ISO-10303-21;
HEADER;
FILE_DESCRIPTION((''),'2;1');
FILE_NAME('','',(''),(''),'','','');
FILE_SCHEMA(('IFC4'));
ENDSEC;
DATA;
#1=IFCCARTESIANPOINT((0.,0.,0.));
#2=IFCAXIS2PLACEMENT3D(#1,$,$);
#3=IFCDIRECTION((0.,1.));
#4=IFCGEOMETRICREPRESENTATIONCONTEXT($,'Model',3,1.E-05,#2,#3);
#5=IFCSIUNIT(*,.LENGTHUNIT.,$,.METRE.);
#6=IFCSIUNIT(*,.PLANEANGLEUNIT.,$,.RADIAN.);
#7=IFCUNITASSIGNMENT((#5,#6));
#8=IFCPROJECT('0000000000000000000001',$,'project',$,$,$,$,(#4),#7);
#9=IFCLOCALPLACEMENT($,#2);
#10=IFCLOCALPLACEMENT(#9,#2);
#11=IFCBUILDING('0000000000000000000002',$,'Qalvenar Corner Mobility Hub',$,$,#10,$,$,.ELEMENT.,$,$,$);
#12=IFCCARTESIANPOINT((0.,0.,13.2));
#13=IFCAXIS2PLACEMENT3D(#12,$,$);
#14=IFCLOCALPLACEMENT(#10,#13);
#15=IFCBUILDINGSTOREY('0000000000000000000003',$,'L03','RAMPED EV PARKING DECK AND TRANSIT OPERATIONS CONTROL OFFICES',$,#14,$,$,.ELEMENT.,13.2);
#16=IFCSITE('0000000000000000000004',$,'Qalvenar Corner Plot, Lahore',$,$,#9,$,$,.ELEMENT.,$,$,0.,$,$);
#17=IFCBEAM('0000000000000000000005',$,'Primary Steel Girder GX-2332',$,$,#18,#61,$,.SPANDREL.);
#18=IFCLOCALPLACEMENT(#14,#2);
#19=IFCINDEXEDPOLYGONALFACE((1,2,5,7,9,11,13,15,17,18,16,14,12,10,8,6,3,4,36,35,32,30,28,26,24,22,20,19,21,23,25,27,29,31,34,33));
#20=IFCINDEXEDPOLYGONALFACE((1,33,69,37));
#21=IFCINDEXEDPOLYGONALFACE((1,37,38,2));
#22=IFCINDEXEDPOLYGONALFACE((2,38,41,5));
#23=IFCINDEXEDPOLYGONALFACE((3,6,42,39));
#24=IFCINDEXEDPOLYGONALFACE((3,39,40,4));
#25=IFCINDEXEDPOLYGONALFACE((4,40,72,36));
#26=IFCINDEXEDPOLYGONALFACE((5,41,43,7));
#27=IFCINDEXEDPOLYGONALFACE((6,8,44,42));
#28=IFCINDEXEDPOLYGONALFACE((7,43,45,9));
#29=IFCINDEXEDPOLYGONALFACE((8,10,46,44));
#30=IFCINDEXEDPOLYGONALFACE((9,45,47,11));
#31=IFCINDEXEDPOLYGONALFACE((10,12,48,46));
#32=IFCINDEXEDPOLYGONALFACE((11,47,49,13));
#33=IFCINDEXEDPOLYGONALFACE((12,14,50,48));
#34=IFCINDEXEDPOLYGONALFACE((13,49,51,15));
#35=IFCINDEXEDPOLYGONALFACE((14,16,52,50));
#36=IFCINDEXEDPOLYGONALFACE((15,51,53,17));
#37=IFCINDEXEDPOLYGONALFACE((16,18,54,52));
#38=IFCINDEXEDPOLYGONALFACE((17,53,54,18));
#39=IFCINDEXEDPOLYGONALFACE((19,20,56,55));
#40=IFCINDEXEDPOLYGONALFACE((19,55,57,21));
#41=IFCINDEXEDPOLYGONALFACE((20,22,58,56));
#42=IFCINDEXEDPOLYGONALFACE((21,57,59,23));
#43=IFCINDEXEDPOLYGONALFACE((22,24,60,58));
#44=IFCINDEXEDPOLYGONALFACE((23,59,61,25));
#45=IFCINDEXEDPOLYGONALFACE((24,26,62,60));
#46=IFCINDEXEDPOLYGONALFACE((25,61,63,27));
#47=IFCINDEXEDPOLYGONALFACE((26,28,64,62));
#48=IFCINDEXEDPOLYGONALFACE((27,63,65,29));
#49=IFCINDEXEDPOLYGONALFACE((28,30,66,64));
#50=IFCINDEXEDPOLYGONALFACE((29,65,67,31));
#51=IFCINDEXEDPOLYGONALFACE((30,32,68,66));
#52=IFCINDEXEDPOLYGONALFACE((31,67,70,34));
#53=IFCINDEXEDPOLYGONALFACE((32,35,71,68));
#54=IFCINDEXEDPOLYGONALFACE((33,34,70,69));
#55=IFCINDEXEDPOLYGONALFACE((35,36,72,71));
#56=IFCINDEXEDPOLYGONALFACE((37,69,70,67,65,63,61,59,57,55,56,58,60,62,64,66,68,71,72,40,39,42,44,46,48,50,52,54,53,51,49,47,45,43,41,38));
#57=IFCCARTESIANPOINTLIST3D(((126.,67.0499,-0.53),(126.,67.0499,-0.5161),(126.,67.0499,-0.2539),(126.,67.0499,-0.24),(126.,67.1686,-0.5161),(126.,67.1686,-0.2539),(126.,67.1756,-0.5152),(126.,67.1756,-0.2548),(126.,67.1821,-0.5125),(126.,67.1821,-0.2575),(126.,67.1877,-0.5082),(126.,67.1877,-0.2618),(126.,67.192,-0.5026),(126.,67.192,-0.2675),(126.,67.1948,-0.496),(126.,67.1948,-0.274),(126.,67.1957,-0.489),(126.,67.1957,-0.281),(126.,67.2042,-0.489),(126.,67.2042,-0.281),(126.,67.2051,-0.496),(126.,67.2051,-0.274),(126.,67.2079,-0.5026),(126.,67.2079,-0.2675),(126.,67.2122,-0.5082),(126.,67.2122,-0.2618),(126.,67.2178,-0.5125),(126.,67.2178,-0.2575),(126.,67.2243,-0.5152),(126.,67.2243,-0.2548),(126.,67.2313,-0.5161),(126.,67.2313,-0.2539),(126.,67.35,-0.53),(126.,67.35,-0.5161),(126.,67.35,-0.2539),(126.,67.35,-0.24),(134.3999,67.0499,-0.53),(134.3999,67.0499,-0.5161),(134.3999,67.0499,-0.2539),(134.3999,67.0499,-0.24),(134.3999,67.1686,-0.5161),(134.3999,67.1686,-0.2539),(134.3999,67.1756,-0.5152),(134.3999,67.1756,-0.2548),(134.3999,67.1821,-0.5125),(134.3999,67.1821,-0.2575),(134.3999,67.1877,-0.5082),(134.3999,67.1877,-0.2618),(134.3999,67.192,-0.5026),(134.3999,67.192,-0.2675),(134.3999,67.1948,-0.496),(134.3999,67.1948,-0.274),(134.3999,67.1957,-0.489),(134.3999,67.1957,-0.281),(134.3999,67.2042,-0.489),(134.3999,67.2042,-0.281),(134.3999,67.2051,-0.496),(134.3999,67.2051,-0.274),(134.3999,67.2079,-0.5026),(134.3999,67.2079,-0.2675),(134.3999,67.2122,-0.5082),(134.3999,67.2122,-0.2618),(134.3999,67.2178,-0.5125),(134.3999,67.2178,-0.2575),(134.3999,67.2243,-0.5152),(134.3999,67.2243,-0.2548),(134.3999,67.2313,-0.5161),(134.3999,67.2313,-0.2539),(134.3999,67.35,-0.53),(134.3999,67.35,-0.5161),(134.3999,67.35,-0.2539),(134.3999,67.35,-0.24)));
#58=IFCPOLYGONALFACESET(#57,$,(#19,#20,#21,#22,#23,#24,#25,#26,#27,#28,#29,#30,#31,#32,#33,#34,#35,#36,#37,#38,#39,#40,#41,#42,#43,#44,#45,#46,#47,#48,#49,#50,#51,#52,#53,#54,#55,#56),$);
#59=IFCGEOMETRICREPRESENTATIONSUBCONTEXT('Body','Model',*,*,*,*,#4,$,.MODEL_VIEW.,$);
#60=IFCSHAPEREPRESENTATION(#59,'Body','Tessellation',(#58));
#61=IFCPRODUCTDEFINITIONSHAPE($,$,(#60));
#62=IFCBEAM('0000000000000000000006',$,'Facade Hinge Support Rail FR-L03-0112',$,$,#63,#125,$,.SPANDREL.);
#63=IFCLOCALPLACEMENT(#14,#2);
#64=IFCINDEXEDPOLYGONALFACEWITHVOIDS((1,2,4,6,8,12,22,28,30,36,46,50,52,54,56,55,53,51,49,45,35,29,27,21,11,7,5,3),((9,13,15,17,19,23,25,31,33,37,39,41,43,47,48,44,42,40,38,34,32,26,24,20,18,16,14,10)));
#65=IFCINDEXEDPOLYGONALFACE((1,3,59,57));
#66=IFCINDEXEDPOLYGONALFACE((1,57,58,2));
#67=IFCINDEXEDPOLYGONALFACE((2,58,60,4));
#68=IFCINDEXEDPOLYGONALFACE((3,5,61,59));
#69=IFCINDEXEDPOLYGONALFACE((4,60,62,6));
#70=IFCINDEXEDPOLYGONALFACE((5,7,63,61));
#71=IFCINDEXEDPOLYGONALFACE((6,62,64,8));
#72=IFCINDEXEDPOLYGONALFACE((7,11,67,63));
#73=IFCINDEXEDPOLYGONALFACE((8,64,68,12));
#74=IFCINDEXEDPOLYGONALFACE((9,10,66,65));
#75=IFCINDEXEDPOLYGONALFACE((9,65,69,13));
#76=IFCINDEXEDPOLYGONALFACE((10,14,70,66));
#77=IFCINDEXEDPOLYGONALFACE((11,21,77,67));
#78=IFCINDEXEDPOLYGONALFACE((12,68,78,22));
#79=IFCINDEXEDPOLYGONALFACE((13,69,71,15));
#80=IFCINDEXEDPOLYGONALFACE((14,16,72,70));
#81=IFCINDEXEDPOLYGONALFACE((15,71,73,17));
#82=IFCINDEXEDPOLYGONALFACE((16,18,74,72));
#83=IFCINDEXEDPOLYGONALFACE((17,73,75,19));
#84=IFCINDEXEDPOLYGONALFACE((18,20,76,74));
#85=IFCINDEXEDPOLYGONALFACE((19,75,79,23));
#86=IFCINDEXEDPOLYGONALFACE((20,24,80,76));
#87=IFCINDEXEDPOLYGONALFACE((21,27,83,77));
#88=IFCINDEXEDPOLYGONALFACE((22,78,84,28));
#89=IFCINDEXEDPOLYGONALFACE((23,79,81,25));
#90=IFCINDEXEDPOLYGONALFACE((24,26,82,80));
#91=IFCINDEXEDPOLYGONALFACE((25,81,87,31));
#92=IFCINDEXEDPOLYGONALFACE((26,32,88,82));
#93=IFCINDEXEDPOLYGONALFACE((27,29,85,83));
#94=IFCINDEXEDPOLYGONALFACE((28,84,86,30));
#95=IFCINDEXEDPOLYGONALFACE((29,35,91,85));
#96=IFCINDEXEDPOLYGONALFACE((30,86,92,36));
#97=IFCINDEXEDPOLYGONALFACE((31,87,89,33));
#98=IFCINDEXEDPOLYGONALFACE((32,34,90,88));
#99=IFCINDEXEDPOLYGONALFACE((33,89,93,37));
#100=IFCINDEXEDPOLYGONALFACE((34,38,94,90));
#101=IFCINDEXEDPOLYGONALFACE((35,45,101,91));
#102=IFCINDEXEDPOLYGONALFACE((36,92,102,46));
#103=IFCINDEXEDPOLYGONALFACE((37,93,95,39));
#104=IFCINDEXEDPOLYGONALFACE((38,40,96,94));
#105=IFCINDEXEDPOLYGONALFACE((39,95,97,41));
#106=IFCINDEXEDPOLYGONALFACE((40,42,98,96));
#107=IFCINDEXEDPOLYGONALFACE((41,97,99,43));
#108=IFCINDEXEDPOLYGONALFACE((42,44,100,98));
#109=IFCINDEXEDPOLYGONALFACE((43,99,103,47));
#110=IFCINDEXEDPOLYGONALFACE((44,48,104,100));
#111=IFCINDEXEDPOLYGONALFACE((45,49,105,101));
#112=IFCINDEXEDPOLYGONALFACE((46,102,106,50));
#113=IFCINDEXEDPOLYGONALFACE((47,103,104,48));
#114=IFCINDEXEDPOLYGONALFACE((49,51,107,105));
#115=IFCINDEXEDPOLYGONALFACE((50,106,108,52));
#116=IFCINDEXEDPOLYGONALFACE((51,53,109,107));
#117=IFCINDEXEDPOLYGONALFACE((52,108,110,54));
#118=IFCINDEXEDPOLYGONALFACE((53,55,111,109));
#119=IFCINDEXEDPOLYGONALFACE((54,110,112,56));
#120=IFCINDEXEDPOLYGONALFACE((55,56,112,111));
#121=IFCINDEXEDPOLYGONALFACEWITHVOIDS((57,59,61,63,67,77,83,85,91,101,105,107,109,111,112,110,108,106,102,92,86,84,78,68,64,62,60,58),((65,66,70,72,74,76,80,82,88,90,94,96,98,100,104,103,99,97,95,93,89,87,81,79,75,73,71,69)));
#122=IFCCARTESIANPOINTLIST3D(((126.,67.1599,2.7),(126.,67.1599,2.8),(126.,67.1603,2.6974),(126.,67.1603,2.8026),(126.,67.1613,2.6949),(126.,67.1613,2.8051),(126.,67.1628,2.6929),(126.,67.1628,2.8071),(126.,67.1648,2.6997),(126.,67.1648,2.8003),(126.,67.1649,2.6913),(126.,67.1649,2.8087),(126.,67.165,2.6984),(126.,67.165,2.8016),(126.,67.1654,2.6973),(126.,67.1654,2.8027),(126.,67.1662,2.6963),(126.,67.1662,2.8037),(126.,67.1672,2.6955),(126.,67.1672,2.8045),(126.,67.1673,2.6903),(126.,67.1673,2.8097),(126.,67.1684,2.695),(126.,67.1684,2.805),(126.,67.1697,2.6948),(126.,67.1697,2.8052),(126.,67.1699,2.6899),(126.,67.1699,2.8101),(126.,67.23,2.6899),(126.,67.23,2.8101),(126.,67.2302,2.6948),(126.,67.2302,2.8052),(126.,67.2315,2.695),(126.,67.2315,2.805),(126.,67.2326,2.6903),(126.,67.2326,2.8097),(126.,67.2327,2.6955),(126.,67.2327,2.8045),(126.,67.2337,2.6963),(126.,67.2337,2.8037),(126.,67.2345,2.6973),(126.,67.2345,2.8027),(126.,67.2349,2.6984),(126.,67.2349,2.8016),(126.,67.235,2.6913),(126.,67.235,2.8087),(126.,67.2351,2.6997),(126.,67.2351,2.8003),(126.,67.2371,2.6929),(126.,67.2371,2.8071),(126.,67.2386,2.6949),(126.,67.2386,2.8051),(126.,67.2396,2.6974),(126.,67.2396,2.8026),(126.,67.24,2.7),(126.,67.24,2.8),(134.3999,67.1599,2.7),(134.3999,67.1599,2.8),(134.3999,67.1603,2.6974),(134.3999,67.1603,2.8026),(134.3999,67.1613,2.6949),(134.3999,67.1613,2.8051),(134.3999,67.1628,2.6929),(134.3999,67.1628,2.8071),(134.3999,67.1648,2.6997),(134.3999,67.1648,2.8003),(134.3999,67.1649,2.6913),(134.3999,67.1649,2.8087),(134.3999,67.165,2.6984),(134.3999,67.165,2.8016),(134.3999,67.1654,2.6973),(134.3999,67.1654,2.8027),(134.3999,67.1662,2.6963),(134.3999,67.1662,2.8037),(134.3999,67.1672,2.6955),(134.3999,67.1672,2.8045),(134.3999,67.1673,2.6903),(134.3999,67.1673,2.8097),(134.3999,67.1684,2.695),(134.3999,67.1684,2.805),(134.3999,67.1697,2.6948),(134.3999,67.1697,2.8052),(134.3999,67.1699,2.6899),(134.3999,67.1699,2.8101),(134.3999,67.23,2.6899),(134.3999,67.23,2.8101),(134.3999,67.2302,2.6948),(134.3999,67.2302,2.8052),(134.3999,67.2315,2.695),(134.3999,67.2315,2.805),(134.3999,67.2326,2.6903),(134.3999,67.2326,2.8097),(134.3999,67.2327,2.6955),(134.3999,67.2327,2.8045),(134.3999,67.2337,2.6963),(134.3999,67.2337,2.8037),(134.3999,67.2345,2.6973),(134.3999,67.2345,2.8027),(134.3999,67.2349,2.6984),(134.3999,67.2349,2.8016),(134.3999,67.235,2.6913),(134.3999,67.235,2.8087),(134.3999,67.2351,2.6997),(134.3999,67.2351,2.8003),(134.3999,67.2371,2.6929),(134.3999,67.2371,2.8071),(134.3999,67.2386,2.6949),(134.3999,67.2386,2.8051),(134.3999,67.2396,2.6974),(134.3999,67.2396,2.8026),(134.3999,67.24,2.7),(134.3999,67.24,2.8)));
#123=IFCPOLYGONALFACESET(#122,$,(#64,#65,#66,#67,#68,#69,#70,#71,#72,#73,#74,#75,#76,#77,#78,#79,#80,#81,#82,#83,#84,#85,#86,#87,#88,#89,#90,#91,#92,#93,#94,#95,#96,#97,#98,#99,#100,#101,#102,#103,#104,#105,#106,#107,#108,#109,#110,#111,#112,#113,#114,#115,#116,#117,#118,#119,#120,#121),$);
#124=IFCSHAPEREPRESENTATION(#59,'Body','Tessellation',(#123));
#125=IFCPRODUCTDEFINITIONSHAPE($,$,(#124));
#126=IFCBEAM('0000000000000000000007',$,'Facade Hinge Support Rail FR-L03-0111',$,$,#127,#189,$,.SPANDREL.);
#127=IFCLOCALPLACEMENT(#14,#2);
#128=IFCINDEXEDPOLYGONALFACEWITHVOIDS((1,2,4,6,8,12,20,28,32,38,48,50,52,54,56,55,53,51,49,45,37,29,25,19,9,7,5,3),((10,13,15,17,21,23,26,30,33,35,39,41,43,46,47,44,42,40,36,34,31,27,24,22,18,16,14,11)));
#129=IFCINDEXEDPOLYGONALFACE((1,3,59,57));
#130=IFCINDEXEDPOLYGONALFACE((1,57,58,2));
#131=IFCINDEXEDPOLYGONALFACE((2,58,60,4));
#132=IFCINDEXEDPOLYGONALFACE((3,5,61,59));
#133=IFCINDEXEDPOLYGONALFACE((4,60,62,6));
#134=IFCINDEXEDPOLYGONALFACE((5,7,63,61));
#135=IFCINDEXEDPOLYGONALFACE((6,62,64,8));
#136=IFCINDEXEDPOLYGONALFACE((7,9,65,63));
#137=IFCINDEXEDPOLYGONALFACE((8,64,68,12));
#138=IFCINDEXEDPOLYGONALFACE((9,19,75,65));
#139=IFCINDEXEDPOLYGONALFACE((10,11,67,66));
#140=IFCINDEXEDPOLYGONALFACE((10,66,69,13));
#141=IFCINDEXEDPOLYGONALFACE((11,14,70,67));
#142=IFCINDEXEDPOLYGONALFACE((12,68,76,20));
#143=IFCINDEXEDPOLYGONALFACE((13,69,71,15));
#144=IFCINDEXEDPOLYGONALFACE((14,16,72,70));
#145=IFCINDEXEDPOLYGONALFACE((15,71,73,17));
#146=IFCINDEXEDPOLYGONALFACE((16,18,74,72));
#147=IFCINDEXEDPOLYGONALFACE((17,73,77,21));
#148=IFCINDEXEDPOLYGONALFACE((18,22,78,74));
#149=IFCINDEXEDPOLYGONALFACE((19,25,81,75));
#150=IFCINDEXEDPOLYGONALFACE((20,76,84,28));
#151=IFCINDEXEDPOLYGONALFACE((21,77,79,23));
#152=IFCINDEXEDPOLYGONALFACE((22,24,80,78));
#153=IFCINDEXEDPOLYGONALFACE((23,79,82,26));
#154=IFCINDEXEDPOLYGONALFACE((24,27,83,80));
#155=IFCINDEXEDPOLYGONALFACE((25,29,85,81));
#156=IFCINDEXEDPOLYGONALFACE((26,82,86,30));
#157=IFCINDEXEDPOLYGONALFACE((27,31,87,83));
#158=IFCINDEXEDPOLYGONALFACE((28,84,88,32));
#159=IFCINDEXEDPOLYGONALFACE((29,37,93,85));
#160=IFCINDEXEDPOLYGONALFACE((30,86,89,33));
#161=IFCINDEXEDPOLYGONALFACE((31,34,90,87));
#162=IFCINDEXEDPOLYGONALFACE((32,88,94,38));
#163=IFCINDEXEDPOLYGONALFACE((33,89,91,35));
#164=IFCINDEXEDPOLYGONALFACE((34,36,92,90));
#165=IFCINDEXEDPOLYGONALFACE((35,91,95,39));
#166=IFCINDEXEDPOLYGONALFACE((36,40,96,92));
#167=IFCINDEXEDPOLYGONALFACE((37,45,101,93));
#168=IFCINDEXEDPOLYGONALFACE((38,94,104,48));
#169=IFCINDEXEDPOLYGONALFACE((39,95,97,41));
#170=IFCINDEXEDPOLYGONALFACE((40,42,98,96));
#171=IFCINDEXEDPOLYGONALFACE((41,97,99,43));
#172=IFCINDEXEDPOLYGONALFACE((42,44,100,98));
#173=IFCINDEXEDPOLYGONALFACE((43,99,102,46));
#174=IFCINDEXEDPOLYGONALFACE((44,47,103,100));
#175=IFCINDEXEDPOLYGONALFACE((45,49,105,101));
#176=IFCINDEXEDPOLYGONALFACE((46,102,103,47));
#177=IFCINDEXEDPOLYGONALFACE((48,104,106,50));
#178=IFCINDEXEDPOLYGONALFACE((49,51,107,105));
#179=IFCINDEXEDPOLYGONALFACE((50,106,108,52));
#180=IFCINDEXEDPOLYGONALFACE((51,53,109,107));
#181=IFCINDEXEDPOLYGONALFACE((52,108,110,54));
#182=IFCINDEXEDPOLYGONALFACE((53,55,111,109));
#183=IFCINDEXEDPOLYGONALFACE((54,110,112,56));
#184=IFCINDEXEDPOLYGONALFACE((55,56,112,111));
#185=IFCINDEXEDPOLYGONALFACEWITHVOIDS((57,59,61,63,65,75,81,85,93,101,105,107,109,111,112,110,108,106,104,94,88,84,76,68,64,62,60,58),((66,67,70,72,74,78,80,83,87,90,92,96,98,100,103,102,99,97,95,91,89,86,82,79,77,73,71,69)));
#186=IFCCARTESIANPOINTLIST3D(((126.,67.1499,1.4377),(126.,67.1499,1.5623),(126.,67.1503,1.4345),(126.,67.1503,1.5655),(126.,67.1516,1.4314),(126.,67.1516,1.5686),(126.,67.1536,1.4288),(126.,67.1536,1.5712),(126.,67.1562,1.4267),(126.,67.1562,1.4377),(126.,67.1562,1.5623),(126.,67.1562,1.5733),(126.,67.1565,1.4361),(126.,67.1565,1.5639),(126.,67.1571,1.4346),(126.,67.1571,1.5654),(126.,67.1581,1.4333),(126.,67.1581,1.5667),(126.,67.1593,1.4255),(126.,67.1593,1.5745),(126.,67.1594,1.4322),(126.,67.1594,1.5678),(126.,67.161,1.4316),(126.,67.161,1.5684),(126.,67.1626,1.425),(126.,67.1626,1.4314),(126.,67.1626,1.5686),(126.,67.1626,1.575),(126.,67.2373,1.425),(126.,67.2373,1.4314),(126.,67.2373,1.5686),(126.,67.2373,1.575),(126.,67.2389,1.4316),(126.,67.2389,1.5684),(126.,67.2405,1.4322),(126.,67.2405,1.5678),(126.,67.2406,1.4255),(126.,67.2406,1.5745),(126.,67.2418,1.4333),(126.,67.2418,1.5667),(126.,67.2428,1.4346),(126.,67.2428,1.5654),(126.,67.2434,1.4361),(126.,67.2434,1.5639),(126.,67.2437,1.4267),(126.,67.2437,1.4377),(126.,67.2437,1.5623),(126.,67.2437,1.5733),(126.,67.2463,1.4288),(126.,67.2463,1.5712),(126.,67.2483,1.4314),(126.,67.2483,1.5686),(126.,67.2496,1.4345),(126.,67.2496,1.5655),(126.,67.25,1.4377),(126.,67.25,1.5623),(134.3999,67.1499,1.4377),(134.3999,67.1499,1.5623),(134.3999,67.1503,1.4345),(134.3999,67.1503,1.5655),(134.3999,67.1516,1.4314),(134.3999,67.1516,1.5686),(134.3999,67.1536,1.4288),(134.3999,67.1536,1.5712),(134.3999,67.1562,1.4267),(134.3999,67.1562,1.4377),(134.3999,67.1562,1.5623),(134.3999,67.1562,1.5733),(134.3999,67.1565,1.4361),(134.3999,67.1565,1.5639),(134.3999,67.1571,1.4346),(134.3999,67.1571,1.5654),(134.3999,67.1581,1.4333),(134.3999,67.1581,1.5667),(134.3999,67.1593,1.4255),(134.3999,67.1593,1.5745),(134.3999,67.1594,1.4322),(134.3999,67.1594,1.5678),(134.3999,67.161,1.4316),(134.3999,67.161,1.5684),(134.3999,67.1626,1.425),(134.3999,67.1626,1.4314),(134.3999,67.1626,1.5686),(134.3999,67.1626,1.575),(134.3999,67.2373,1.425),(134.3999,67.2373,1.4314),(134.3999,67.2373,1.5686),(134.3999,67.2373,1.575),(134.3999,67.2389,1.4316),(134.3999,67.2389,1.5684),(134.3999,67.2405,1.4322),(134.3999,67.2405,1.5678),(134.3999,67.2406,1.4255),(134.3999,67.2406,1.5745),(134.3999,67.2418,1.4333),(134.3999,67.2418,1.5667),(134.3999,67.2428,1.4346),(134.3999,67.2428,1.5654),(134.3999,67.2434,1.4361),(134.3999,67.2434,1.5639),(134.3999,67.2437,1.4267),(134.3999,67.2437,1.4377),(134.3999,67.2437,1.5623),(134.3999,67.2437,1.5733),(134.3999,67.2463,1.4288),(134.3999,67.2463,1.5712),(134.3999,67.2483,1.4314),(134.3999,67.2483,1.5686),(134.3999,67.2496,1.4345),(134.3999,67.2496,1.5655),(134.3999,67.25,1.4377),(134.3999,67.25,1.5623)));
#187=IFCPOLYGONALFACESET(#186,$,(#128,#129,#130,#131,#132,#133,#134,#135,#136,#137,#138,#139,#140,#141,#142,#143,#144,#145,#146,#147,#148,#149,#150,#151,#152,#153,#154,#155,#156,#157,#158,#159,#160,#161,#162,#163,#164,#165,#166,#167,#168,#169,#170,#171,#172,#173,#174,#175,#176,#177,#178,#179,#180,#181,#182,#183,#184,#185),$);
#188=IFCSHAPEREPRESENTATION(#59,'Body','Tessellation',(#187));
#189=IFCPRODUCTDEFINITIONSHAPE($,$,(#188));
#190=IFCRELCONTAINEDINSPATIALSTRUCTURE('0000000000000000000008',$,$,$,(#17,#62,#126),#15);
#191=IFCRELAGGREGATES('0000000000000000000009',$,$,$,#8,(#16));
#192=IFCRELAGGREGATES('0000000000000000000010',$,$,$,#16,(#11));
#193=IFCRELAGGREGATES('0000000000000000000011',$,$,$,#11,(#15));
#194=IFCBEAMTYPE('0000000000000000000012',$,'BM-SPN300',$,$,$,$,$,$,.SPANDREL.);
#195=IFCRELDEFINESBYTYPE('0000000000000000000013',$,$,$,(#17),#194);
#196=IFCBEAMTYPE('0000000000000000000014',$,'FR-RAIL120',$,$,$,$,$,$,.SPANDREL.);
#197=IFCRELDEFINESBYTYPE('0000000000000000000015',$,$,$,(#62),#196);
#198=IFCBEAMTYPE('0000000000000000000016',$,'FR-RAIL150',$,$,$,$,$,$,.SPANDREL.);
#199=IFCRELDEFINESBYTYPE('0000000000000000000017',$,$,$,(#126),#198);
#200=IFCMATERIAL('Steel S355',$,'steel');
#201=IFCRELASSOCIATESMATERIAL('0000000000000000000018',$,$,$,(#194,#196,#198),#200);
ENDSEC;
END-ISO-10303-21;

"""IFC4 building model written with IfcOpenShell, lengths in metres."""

from ifc_helpers import new_model, si_unit, direction, frame, origin, origin_2d, place, context, subcontext, project, spatial, hollow_rectangle, i_section, extrude, material, material_profile, profile_set, type_object, element, save


model = new_model("IFC4")

# Units and contexts
model_context = context("Model", 3, precision=1e-05, world=origin(), true_north=direction((0.0, 1.0)))
body_context = subcontext(model_context, "Body", "Model", "MODEL_VIEW")
ifc_project = project(units=[si_unit("LENGTHUNIT", "METRE"), si_unit("PLANEANGLEUNIT", "RADIAN")], contexts=[model_context])

# Site, building, storey
site_placement = place(None, origin())
site = spatial("IfcSite", under=ifc_project, at=site_placement, Name="Qalvenar Corner Plot, Lahore", CompositionType="ELEMENT", RefElevation=0.0)
building_placement = place(site_placement, origin())
building = spatial("IfcBuilding", under=site, at=building_placement, Name="Qalvenar Corner Mobility Hub", CompositionType="ELEMENT")
storey_placement = place(building_placement, frame((0.0, 0.0, 13.2)))
storey = spatial("IfcBuildingStorey", under=building, at=storey_placement, Name="L03", Description="RAMPED EV PARKING DECK AND TRANSIT OPERATIONS CONTROL OFFICES", CompositionType="ELEMENT", Elevation=13.2)

# Shared definitions
ifc_material = material(Name="Steel S355", Category="steel")

# Beams
ifc_material_profile_1 = material_profile(ifc_material, i_section(OverallWidth=0.3, OverallDepth=0.29, WebThickness=0.0085, FlangeThickness=0.0139, FilletRadius=0.0271, at=origin_2d()), Name="HEA300")
ifc_profile_set_1 = profile_set([ifc_material_profile_1], Name="Steel S355")
beam_type_1 = type_object("IfcBeamType", Name="BM-SPN300", PredefinedType="SPANDREL", material=ifc_profile_set_1)
beam_1_placement = place(storey_placement, frame((126.0, 67.2, -0.385), z_axis=(1.0, 0.0, 0.0), x_axis=(0.0, 1.0, 0.0)))
element("IfcBeam", 1, at=beam_1_placement, inside=storey, type_object=beam_type_1, Name="Primary Steel Girder GX-2332", PredefinedType="SPANDREL", context=body_context, shape_type="SweptSolid", body=[
    extrude(i_section(OverallWidth=0.3, OverallDepth=0.29, WebThickness=0.0085, FlangeThickness=0.0139, FilletRadius=0.0271, at=origin_2d()), origin(), (0.0, 0.0, 1.0), 8.3999),
])
ifc_material_profile_2 = material_profile(ifc_material, hollow_rectangle(XDim=0.0801, YDim=0.1201, WallThickness=0.0049, InnerFilletRadius=0.0049, OuterFilletRadius=0.01, at=origin_2d()), Name="RHS120x80x5")
ifc_profile_set_2 = profile_set([ifc_material_profile_2], Name="Steel S355")
beam_type_2 = type_object("IfcBeamType", Name="FR-RAIL120", PredefinedType="SPANDREL", material=ifc_profile_set_2)
beam_2_placement = place(storey_placement, frame((126.0, 67.2, 2.75), z_axis=(1.0, 0.0, 0.0), x_axis=(0.0, 1.0, 0.0)))
element("IfcBeam", 2, at=beam_2_placement, inside=storey, type_object=beam_type_2, Name="Facade Hinge Support Rail FR-L03-0112", PredefinedType="SPANDREL", context=body_context, shape_type="SweptSolid", body=[
    extrude(hollow_rectangle(XDim=0.0801, YDim=0.1201, WallThickness=0.0049, InnerFilletRadius=0.0049, OuterFilletRadius=0.01, at=origin_2d()), origin(), (0.0, 0.0, 1.0), 8.3999),
])
ifc_material_profile_3 = material_profile(ifc_material, hollow_rectangle(XDim=0.1001, YDim=0.1499, WallThickness=0.0063, InnerFilletRadius=0.0063, OuterFilletRadius=0.0127, at=origin_2d()), Name="RHS150x100x6.3")
ifc_profile_set_3 = profile_set([ifc_material_profile_3], Name="Steel S355")
beam_type_3 = type_object("IfcBeamType", Name="FR-RAIL150", PredefinedType="SPANDREL", material=ifc_profile_set_3)
beam_3_placement = place(storey_placement, frame((126.0, 67.2, 1.5), z_axis=(1.0, 0.0, 0.0), x_axis=(0.0, 1.0, 0.0)))
element("IfcBeam", 3, at=beam_3_placement, inside=storey, type_object=beam_type_3, Name="Facade Hinge Support Rail FR-L03-0111", PredefinedType="SPANDREL", context=body_context, shape_type="SweptSolid", body=[
    extrude(hollow_rectangle(XDim=0.1001, YDim=0.1499, WallThickness=0.0063, InnerFilletRadius=0.0063, OuterFilletRadius=0.0127, at=origin_2d()), origin(), (0.0, 0.0, 1.0), 8.3999),
])

save(model, "model.ifc")
